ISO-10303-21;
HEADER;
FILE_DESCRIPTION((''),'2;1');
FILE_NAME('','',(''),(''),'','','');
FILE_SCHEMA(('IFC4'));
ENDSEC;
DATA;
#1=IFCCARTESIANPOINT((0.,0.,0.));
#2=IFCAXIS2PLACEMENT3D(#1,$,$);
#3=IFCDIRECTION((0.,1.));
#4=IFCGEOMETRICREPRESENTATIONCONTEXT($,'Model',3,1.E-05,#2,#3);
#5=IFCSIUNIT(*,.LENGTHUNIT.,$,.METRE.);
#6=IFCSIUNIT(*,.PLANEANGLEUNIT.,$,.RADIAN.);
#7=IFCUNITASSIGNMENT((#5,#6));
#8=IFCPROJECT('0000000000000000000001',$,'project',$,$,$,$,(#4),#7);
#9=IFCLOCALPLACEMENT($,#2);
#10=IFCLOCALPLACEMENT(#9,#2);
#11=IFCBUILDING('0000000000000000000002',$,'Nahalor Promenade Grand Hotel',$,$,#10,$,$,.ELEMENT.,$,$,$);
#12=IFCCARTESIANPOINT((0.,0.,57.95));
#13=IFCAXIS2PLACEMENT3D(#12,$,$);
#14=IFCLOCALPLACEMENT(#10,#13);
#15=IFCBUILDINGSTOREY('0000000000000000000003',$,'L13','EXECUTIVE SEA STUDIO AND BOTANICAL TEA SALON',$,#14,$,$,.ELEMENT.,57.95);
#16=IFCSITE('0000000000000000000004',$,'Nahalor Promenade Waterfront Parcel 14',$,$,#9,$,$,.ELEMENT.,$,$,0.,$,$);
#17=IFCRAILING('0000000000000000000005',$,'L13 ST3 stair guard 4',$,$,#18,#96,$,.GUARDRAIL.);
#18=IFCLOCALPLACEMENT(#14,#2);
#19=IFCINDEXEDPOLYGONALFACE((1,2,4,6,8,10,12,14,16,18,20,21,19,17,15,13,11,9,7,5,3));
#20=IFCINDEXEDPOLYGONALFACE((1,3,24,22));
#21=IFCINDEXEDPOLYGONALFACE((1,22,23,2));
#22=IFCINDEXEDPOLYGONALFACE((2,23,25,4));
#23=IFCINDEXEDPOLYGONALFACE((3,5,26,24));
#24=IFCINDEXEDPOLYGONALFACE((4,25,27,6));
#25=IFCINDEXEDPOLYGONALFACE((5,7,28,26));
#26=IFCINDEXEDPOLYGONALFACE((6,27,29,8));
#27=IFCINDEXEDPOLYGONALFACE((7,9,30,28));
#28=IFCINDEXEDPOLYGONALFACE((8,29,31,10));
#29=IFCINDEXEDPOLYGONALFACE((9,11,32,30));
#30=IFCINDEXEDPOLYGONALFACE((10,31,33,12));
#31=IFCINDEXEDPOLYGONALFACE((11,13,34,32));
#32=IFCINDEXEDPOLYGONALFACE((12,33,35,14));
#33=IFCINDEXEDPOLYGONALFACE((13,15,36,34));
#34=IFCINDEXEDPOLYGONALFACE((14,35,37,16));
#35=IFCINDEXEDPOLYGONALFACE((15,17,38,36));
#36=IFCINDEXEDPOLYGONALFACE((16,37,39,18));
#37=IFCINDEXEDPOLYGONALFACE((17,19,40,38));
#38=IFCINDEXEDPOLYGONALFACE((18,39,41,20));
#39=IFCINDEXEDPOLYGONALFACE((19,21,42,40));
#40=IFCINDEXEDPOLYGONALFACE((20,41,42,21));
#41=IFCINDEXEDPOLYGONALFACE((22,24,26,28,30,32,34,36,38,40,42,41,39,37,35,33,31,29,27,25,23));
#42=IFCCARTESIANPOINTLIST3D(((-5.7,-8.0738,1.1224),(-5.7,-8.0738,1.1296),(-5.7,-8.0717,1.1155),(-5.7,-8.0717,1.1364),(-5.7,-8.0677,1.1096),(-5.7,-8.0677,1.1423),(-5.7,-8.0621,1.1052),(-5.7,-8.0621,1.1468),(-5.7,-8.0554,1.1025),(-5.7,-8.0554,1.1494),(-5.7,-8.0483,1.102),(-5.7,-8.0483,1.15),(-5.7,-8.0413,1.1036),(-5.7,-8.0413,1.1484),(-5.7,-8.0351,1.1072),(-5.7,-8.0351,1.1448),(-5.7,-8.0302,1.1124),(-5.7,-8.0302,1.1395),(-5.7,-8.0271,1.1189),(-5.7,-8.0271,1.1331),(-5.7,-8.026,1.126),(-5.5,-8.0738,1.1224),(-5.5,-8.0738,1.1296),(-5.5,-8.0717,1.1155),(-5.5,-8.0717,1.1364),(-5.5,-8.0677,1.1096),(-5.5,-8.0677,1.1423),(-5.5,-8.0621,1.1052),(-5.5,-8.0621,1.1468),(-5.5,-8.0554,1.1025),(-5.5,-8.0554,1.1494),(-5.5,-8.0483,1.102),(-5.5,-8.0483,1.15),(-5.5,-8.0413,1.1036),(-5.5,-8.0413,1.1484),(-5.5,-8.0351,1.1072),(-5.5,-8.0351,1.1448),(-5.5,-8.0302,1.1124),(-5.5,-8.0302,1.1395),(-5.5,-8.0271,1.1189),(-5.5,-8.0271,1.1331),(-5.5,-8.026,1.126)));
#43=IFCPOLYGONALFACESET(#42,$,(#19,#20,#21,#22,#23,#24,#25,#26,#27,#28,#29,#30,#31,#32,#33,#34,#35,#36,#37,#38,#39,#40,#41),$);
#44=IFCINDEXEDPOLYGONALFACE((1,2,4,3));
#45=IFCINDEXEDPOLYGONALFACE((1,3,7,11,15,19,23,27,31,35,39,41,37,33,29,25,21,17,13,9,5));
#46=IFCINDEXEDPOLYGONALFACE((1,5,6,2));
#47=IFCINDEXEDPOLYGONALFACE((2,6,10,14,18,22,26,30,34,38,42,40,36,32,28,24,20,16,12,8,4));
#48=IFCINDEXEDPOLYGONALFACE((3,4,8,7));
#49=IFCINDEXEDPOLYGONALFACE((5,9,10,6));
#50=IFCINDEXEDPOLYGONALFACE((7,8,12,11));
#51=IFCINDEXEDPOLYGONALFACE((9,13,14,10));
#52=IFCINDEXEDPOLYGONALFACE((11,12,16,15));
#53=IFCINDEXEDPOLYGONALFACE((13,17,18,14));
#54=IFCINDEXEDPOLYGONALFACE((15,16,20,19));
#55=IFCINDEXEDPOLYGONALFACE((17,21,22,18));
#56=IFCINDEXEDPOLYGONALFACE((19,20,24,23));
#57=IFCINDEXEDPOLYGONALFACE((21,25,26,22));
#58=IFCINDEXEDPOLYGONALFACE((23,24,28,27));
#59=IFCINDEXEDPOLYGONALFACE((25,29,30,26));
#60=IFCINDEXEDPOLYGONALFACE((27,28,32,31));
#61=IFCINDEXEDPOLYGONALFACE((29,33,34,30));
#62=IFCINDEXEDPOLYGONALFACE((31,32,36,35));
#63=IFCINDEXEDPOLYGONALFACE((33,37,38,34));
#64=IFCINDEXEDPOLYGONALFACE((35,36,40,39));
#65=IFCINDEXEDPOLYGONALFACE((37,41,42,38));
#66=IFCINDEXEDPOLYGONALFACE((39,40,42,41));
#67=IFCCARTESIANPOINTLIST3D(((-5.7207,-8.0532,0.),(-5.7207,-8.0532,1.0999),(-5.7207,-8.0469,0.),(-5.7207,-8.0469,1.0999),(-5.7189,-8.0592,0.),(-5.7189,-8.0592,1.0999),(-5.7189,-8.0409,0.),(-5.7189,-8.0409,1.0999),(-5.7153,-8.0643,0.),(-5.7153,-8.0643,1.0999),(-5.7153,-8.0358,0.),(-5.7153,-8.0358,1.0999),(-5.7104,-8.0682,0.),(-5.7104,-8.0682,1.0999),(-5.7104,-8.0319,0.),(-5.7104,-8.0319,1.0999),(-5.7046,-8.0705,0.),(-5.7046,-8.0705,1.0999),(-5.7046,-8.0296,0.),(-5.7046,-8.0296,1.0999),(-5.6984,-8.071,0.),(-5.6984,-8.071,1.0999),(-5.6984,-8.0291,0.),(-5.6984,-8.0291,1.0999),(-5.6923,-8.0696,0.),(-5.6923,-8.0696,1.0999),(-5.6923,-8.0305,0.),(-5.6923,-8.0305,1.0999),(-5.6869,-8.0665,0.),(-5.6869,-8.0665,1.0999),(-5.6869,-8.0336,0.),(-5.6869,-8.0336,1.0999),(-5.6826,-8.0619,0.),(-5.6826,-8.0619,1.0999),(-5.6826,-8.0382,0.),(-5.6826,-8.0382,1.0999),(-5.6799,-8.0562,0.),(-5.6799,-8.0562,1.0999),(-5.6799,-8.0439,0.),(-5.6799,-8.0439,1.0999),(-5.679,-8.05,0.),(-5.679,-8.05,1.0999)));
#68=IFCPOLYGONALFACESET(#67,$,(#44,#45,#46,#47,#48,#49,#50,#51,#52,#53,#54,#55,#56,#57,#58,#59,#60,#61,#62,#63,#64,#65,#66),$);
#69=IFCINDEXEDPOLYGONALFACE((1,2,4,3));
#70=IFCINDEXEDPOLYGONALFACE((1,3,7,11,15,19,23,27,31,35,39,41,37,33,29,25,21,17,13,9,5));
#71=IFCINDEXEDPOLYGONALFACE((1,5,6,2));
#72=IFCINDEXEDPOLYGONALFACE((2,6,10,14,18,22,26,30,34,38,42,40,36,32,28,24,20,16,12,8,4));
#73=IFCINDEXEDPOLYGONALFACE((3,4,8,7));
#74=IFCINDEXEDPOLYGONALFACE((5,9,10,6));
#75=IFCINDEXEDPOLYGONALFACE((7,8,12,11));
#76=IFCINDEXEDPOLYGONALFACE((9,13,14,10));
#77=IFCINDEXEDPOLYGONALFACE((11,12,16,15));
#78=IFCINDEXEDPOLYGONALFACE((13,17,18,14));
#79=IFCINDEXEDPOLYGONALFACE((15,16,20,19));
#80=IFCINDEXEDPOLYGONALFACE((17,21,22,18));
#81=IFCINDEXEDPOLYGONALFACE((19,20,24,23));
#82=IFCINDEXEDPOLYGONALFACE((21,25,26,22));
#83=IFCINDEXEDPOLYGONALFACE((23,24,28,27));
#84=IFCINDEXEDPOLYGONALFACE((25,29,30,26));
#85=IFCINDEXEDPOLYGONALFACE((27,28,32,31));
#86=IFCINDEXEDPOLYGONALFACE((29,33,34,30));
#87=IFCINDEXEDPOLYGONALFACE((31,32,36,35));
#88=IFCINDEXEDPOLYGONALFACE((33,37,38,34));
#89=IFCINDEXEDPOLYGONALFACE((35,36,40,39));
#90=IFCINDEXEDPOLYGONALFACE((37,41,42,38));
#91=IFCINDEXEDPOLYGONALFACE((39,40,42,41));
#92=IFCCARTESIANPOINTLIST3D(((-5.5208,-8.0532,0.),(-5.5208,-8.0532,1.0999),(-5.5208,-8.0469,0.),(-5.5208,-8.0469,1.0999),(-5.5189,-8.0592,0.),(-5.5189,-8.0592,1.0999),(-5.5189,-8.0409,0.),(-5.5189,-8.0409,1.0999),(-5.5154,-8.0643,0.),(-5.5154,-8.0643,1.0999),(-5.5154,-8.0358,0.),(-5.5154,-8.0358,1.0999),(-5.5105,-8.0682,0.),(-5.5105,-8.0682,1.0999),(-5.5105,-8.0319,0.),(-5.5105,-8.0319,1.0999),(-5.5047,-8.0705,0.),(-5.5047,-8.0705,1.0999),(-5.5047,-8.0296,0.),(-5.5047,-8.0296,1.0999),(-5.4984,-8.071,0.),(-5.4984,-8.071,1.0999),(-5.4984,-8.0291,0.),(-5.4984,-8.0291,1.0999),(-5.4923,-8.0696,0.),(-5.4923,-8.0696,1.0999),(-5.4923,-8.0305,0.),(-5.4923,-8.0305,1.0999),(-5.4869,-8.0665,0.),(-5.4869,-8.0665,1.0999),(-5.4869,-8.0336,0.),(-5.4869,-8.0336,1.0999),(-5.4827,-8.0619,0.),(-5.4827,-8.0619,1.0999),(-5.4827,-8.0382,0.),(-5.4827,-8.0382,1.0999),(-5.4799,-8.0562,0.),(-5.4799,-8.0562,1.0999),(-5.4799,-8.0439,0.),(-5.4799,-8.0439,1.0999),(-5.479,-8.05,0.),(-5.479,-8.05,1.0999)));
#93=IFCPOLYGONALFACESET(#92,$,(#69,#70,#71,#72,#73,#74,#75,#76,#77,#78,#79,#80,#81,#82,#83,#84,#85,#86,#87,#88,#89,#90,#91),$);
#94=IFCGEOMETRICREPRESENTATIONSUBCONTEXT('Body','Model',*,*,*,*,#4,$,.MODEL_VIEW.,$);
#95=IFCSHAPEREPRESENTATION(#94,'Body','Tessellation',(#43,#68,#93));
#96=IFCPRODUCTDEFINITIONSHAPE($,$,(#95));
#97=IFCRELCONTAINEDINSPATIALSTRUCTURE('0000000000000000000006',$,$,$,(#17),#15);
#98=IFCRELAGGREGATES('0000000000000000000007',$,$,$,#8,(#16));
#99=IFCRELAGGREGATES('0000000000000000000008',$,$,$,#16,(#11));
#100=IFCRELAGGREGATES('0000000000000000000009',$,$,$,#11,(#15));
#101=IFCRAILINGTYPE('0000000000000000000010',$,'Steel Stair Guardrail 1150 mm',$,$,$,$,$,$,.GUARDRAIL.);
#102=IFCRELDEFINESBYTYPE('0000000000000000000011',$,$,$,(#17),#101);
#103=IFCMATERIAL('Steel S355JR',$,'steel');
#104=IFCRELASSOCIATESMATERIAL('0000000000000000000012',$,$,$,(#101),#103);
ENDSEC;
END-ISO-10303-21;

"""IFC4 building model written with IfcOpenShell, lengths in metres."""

from ifc_helpers import new_model, si_unit, direction, frame, origin, origin_2d, place, context, subcontext, project, spatial, circle, extrude, material, type_object, element, save


model = new_model("IFC4")

# Units and contexts
model_context = context("Model", 3, precision=1e-05, world=origin(), true_north=direction((0.0, 1.0)))
body_context = subcontext(model_context, "Body", "Model", "MODEL_VIEW")
ifc_project = project(units=[si_unit("LENGTHUNIT", "METRE"), si_unit("PLANEANGLEUNIT", "RADIAN")], contexts=[model_context])

# Site, building, storey
site_placement = place(None, origin())
site = spatial("IfcSite", under=ifc_project, at=site_placement, Name="Nahalor Promenade Waterfront Parcel 14", CompositionType="ELEMENT", RefElevation=0.0)
building_placement = place(site_placement, origin())
building = spatial("IfcBuilding", under=site, at=building_placement, Name="Nahalor Promenade Grand Hotel", CompositionType="ELEMENT")
storey_placement = place(building_placement, frame((0.0, 0.0, 57.95)))
storey = spatial("IfcBuildingStorey", under=building, at=storey_placement, Name="L13", Description="EXECUTIVE SEA STUDIO AND BOTANICAL TEA SALON", CompositionType="ELEMENT", Elevation=57.95)

# Shared definitions
ifc_material_1 = material(Name="Steel S355JR", Category="steel")

# Railing
railing_type_1 = type_object("IfcRailingType", Name="Steel Stair Guardrail 1150 mm", PredefinedType="GUARDRAIL", material=ifc_material_1)
railing_1_placement = place(storey_placement, frame((-5.7, -8.05, 0.0)))
element("IfcRailing", 1, at=railing_1_placement, inside=storey, type_object=railing_type_1, Name="L13 ST3 stair guard 4", PredefinedType="GUARDRAIL", context=body_context, shape_type="SweptSolid", body=[
    extrude(circle(Radius=0.024, at=origin_2d()), frame((0.0, 0.0, 1.126), z_axis=(1.0, 0.0, 0.0), x_axis=(0.0, 1.0, 0.0)), (0.0, 0.0, 1.0), 0.2),
    extrude(circle(Radius=0.021, at=origin_2d()), origin(), (0.0, 0.0, 1.0), 1.0999),
    extrude(circle(Radius=0.021, at=origin_2d()), frame((0.2, 0.0, 0.0)), (0.0, 0.0, 1.0), 1.0999),
])

save(model, "model.ifc")
